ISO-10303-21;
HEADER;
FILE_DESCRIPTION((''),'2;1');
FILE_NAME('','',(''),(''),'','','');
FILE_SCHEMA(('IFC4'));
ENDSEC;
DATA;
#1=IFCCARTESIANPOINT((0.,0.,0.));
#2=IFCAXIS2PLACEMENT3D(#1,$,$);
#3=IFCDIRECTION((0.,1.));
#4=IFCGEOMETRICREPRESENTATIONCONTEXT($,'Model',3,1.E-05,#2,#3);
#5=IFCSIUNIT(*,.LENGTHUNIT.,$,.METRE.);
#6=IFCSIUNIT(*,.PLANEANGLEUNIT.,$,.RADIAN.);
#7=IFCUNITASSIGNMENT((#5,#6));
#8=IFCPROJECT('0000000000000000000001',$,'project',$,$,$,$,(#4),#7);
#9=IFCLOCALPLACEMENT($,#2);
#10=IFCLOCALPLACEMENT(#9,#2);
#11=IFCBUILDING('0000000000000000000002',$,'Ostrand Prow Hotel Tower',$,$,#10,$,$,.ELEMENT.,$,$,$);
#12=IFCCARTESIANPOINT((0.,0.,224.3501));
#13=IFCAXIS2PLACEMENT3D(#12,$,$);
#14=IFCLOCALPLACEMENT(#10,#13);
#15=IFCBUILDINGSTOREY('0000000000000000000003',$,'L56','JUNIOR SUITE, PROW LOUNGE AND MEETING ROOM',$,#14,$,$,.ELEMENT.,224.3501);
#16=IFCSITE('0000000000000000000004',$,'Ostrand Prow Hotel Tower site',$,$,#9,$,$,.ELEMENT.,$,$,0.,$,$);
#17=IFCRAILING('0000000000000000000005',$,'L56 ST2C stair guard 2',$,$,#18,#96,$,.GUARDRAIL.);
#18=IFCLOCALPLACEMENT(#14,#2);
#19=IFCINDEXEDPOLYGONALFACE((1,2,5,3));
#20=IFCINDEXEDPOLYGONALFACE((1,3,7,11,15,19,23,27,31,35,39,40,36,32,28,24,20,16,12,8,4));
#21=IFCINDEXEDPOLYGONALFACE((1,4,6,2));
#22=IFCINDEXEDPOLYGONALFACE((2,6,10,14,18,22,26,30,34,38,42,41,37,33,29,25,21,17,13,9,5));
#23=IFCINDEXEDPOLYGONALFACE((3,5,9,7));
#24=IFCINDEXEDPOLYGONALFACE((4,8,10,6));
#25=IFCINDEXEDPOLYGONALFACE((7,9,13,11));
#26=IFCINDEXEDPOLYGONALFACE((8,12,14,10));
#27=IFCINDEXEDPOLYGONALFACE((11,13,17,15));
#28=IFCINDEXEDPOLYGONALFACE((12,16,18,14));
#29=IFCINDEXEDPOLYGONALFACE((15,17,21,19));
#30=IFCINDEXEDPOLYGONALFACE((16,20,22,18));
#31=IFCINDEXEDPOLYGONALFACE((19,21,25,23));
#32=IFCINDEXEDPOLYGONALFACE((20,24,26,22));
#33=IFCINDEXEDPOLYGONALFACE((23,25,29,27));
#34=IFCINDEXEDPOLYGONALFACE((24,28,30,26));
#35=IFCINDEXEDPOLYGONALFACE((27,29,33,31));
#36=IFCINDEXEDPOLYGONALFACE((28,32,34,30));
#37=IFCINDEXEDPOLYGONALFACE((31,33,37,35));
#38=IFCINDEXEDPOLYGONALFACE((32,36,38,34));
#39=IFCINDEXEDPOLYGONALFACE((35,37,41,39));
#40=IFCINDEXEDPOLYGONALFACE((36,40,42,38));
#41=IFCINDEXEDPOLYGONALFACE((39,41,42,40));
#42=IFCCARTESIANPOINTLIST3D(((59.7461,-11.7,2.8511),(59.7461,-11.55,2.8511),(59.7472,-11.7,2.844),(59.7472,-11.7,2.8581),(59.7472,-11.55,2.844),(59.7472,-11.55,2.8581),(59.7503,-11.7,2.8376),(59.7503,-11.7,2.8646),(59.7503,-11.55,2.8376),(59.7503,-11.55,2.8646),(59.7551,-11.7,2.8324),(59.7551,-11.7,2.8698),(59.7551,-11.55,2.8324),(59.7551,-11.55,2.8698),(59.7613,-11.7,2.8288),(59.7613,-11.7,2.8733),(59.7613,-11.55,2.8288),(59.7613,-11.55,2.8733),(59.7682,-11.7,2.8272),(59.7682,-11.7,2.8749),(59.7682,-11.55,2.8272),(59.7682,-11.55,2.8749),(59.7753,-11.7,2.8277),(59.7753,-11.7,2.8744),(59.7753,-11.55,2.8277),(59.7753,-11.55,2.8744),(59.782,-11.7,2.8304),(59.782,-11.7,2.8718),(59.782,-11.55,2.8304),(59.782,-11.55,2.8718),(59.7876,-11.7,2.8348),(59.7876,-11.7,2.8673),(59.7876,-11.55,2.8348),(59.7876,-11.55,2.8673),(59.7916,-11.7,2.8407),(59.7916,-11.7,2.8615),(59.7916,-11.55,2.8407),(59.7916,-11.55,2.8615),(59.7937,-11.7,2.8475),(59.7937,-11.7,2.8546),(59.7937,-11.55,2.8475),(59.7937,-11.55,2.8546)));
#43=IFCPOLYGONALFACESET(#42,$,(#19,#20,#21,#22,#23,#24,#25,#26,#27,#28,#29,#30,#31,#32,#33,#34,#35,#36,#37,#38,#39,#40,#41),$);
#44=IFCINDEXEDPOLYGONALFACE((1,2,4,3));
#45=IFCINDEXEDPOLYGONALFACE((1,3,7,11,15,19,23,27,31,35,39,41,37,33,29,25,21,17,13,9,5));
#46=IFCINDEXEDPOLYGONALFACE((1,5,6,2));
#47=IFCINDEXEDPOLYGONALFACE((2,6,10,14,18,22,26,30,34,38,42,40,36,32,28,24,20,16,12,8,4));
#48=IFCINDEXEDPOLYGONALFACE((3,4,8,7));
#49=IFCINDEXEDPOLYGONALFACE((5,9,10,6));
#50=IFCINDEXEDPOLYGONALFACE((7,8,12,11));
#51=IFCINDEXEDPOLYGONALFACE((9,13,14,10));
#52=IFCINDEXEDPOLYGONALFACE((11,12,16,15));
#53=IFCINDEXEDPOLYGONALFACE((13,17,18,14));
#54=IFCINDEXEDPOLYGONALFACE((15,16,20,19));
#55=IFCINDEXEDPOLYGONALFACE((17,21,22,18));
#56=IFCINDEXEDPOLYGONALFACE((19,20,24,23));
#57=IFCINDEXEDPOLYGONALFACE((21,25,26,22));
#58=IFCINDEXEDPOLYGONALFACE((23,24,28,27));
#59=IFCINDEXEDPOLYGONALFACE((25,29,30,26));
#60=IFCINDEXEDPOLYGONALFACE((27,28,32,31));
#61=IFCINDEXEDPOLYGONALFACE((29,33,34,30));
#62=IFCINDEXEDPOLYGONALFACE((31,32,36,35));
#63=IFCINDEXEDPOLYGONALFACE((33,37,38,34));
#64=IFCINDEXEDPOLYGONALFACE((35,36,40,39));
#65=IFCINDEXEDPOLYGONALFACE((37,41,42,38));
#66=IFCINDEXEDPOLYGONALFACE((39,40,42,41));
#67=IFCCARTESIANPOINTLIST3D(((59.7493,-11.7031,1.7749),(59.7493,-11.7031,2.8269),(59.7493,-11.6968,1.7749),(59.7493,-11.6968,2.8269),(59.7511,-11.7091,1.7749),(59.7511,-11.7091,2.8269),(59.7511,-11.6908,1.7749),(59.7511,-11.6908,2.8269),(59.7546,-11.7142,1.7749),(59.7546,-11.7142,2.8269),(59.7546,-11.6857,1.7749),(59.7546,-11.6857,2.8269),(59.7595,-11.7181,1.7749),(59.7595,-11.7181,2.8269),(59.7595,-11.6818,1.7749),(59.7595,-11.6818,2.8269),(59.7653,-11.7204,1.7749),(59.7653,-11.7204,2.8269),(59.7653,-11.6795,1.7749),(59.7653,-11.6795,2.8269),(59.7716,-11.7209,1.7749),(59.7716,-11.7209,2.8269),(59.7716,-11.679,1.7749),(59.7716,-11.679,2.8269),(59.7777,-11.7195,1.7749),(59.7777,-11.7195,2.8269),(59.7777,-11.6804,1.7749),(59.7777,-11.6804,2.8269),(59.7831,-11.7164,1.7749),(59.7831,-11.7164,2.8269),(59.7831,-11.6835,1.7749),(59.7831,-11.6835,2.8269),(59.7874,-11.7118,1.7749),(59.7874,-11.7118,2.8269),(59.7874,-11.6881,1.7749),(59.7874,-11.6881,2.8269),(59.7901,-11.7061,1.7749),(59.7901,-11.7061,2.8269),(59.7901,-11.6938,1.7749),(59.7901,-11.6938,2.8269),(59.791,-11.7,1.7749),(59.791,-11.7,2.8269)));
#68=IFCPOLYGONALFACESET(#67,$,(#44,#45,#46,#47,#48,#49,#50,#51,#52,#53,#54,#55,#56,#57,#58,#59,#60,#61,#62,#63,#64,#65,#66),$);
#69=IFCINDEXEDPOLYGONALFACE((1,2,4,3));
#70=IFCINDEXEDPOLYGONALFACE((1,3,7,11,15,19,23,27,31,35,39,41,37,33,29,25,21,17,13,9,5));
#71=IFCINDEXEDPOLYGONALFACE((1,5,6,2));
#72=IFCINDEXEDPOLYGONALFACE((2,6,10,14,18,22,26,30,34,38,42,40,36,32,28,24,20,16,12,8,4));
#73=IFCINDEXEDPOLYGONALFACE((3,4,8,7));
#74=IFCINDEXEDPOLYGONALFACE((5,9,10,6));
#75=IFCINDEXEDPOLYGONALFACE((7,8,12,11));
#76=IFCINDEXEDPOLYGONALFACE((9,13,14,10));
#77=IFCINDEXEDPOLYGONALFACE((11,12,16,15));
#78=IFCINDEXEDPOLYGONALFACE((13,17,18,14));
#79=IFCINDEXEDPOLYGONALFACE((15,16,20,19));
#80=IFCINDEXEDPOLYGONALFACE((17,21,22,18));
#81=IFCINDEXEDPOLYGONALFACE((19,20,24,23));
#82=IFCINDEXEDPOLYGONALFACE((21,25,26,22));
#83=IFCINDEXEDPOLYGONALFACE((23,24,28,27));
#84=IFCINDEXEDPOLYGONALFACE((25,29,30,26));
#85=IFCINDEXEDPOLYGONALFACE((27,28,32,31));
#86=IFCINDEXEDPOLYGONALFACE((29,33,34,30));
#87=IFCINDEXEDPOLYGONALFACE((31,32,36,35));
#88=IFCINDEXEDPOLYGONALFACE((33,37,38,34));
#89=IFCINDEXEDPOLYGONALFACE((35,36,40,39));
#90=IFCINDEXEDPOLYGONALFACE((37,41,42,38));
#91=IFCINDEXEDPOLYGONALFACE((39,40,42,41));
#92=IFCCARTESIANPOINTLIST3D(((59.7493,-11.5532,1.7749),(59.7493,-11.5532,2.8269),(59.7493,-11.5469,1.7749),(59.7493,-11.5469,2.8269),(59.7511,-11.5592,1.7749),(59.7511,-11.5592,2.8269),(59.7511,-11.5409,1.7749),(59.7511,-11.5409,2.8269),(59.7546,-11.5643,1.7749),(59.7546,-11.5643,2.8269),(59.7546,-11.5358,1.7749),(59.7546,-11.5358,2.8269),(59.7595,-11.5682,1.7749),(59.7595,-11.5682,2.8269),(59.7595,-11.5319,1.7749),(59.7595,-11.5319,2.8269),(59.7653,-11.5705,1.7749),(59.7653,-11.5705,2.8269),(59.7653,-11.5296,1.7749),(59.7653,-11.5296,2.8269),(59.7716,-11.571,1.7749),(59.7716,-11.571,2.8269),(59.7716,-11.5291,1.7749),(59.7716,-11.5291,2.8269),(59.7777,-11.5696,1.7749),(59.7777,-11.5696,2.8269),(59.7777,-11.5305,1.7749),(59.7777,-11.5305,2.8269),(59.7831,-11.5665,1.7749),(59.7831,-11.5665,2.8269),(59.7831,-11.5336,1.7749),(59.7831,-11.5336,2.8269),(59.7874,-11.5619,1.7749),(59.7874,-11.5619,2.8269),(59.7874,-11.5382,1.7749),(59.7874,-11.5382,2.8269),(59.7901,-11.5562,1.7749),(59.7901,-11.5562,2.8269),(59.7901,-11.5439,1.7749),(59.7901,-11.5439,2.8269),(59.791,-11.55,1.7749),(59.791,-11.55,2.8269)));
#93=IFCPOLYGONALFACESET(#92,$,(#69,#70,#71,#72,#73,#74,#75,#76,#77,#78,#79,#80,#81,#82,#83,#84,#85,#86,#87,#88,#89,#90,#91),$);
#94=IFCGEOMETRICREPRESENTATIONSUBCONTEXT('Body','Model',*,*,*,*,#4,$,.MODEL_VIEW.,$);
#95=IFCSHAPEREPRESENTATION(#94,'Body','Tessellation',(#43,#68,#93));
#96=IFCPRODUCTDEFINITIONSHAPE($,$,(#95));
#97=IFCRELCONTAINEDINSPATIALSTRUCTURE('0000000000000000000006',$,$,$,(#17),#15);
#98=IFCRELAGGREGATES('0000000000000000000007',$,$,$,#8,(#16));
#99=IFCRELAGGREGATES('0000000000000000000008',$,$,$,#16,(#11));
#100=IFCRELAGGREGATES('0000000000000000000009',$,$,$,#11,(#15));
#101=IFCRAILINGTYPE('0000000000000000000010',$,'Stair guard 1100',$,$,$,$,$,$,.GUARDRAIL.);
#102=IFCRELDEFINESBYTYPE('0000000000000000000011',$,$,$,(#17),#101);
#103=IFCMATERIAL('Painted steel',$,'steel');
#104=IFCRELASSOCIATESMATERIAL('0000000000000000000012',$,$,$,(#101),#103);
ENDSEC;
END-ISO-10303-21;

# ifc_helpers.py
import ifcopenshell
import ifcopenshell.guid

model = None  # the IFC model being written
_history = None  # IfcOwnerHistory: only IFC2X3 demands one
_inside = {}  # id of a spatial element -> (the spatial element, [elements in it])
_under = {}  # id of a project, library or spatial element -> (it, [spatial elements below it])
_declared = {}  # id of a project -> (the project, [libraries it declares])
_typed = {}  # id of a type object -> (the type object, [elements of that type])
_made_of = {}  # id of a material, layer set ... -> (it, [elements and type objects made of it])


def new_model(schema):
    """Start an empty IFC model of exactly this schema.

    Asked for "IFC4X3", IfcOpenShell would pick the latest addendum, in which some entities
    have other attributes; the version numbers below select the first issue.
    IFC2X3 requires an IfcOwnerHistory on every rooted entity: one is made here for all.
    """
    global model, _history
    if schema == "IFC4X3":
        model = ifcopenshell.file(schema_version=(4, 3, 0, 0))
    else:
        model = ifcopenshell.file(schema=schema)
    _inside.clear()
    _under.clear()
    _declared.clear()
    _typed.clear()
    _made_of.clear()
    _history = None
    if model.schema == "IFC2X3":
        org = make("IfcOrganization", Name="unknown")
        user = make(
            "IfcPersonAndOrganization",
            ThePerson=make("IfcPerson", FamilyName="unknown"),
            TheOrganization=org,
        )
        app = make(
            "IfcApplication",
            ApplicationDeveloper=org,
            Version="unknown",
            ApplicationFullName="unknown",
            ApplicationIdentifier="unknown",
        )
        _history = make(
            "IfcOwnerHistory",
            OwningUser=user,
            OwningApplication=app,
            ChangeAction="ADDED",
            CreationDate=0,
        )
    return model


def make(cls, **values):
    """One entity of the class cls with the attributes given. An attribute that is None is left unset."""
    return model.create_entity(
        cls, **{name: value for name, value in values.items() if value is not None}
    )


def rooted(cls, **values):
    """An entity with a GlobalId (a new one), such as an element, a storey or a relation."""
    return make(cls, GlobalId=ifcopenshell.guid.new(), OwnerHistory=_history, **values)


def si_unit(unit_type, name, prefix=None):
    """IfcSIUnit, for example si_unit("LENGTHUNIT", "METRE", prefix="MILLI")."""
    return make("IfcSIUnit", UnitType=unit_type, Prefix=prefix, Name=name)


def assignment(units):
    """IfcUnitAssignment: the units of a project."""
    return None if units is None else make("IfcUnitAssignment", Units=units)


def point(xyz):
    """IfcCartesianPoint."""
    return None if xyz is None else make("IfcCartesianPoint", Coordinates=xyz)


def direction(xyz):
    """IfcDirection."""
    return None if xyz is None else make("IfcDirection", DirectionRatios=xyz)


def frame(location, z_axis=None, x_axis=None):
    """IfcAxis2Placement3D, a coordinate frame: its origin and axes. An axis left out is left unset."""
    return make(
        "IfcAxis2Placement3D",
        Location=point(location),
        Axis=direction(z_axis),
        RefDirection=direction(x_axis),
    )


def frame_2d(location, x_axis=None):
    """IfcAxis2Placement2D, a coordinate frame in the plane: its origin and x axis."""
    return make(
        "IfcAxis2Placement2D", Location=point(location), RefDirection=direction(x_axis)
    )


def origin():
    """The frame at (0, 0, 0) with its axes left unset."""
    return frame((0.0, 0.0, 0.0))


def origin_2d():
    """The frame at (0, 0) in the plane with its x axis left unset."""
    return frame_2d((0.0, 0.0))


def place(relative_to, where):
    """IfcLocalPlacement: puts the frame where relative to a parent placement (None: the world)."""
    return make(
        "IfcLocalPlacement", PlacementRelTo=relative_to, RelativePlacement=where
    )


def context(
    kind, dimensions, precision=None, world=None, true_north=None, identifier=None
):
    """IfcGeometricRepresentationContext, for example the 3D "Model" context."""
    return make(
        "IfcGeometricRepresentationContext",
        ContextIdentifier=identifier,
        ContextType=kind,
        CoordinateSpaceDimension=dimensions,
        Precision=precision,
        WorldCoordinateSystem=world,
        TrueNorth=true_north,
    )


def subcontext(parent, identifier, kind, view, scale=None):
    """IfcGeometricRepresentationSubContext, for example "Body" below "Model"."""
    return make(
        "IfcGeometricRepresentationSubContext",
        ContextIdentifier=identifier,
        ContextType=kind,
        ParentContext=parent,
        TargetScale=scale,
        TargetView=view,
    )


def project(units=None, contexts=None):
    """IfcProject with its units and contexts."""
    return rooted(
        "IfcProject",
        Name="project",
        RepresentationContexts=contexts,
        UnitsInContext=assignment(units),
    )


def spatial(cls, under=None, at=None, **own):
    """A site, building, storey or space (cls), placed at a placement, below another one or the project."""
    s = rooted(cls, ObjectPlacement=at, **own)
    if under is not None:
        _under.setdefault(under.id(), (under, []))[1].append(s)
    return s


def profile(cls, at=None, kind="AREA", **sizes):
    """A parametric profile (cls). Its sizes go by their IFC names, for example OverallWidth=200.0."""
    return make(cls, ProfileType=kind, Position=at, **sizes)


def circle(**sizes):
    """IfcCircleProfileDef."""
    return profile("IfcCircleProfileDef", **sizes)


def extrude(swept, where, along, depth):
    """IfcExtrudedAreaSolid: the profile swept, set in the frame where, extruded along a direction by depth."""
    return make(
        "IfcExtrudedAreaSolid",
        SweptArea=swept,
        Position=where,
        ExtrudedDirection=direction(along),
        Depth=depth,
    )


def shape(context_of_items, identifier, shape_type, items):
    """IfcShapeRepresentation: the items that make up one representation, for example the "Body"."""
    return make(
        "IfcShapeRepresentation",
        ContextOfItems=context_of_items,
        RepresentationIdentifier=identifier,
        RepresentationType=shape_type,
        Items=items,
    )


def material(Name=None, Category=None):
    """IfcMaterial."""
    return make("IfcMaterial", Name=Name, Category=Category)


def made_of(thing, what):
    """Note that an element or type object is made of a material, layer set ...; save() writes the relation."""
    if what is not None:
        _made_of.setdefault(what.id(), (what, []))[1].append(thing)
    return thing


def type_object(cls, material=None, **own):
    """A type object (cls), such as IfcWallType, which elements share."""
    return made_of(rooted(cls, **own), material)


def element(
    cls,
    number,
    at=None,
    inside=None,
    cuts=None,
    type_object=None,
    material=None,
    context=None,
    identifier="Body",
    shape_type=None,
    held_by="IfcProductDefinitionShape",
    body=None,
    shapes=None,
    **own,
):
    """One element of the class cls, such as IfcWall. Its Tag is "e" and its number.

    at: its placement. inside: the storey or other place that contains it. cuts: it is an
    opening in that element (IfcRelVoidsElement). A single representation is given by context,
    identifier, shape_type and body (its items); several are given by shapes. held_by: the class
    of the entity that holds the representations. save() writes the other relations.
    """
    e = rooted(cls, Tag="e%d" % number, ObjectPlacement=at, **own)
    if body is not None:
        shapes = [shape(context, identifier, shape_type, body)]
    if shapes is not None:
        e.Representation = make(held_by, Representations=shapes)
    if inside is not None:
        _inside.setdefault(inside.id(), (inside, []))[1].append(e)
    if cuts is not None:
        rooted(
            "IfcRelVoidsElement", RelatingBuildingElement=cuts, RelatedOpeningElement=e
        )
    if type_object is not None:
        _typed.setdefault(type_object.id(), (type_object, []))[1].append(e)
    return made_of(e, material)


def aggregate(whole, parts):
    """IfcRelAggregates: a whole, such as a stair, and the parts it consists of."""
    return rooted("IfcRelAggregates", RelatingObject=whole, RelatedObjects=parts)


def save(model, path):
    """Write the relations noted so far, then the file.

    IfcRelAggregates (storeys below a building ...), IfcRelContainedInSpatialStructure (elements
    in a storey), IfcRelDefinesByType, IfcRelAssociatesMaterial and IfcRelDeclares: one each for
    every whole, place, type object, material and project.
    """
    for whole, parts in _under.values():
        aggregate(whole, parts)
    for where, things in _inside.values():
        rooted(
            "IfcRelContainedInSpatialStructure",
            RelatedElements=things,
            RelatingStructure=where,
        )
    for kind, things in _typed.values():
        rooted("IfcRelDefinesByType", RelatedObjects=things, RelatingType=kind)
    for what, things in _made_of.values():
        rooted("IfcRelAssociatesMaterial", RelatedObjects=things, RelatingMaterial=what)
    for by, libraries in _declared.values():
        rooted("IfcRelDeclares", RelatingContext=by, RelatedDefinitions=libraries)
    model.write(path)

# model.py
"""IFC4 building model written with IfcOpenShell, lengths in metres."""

from ifc_helpers import new_model, si_unit, direction, frame, origin, origin_2d, place, context, subcontext, project, spatial, circle, extrude, material, type_object, element, save


model = new_model("IFC4")

# Units and contexts
model_context = context("Model", 3, precision=1e-05, world=origin(), true_north=direction((0.0, 1.0)))
body_context = subcontext(model_context, "Body", "Model", "MODEL_VIEW")
ifc_project = project(units=[si_unit("LENGTHUNIT", "METRE"), si_unit("PLANEANGLEUNIT", "RADIAN")], contexts=[model_context])

# Site, building, storey
site_placement = place(None, origin())
site = spatial("IfcSite", under=ifc_project, at=site_placement, Name="Ostrand Prow Hotel Tower site", CompositionType="ELEMENT", RefElevation=0.0)
building_placement = place(site_placement, origin())
building = spatial("IfcBuilding", under=site, at=building_placement, Name="Ostrand Prow Hotel Tower", CompositionType="ELEMENT")
storey_placement = place(building_placement, frame((0.0, 0.0, 224.3501)))
storey = spatial("IfcBuildingStorey", under=building, at=storey_placement, Name="L56", Description="JUNIOR SUITE, PROW LOUNGE AND MEETING ROOM", CompositionType="ELEMENT", Elevation=224.3501)

# Railing
ifc_material_1 = material(Name="Painted steel", Category="steel")
railing_type_1 = type_object("IfcRailingType", Name="Stair guard 1100", PredefinedType="GUARDRAIL", material=ifc_material_1)
railing_1_placement = place(storey_placement, frame((59.77, -11.7, 1.7749)))
element("IfcRailing", 1, at=railing_1_placement, inside=storey, type_object=railing_type_1, Name="L56 ST2C stair guard 2", PredefinedType="GUARDRAIL", context=body_context, shape_type="SweptSolid", body=[
    extrude(circle(Radius=0.0239, at=origin_2d()), frame((0.0, 0.0, 1.0762), z_axis=(0.0, 1.0, 0.0), x_axis=(-1.0, 0.0, 0.0)), (0.0, 0.0, 1.0), 0.1499),
    extrude(circle(Radius=0.021, at=origin_2d()), origin(), (0.0, 0.0, 1.0), 1.052),
    extrude(circle(Radius=0.021, at=origin_2d()), frame((0.0, 0.1499, 0.0)), (0.0, 0.0, 1.0), 1.052),
])

save(model, "model.ifc")
